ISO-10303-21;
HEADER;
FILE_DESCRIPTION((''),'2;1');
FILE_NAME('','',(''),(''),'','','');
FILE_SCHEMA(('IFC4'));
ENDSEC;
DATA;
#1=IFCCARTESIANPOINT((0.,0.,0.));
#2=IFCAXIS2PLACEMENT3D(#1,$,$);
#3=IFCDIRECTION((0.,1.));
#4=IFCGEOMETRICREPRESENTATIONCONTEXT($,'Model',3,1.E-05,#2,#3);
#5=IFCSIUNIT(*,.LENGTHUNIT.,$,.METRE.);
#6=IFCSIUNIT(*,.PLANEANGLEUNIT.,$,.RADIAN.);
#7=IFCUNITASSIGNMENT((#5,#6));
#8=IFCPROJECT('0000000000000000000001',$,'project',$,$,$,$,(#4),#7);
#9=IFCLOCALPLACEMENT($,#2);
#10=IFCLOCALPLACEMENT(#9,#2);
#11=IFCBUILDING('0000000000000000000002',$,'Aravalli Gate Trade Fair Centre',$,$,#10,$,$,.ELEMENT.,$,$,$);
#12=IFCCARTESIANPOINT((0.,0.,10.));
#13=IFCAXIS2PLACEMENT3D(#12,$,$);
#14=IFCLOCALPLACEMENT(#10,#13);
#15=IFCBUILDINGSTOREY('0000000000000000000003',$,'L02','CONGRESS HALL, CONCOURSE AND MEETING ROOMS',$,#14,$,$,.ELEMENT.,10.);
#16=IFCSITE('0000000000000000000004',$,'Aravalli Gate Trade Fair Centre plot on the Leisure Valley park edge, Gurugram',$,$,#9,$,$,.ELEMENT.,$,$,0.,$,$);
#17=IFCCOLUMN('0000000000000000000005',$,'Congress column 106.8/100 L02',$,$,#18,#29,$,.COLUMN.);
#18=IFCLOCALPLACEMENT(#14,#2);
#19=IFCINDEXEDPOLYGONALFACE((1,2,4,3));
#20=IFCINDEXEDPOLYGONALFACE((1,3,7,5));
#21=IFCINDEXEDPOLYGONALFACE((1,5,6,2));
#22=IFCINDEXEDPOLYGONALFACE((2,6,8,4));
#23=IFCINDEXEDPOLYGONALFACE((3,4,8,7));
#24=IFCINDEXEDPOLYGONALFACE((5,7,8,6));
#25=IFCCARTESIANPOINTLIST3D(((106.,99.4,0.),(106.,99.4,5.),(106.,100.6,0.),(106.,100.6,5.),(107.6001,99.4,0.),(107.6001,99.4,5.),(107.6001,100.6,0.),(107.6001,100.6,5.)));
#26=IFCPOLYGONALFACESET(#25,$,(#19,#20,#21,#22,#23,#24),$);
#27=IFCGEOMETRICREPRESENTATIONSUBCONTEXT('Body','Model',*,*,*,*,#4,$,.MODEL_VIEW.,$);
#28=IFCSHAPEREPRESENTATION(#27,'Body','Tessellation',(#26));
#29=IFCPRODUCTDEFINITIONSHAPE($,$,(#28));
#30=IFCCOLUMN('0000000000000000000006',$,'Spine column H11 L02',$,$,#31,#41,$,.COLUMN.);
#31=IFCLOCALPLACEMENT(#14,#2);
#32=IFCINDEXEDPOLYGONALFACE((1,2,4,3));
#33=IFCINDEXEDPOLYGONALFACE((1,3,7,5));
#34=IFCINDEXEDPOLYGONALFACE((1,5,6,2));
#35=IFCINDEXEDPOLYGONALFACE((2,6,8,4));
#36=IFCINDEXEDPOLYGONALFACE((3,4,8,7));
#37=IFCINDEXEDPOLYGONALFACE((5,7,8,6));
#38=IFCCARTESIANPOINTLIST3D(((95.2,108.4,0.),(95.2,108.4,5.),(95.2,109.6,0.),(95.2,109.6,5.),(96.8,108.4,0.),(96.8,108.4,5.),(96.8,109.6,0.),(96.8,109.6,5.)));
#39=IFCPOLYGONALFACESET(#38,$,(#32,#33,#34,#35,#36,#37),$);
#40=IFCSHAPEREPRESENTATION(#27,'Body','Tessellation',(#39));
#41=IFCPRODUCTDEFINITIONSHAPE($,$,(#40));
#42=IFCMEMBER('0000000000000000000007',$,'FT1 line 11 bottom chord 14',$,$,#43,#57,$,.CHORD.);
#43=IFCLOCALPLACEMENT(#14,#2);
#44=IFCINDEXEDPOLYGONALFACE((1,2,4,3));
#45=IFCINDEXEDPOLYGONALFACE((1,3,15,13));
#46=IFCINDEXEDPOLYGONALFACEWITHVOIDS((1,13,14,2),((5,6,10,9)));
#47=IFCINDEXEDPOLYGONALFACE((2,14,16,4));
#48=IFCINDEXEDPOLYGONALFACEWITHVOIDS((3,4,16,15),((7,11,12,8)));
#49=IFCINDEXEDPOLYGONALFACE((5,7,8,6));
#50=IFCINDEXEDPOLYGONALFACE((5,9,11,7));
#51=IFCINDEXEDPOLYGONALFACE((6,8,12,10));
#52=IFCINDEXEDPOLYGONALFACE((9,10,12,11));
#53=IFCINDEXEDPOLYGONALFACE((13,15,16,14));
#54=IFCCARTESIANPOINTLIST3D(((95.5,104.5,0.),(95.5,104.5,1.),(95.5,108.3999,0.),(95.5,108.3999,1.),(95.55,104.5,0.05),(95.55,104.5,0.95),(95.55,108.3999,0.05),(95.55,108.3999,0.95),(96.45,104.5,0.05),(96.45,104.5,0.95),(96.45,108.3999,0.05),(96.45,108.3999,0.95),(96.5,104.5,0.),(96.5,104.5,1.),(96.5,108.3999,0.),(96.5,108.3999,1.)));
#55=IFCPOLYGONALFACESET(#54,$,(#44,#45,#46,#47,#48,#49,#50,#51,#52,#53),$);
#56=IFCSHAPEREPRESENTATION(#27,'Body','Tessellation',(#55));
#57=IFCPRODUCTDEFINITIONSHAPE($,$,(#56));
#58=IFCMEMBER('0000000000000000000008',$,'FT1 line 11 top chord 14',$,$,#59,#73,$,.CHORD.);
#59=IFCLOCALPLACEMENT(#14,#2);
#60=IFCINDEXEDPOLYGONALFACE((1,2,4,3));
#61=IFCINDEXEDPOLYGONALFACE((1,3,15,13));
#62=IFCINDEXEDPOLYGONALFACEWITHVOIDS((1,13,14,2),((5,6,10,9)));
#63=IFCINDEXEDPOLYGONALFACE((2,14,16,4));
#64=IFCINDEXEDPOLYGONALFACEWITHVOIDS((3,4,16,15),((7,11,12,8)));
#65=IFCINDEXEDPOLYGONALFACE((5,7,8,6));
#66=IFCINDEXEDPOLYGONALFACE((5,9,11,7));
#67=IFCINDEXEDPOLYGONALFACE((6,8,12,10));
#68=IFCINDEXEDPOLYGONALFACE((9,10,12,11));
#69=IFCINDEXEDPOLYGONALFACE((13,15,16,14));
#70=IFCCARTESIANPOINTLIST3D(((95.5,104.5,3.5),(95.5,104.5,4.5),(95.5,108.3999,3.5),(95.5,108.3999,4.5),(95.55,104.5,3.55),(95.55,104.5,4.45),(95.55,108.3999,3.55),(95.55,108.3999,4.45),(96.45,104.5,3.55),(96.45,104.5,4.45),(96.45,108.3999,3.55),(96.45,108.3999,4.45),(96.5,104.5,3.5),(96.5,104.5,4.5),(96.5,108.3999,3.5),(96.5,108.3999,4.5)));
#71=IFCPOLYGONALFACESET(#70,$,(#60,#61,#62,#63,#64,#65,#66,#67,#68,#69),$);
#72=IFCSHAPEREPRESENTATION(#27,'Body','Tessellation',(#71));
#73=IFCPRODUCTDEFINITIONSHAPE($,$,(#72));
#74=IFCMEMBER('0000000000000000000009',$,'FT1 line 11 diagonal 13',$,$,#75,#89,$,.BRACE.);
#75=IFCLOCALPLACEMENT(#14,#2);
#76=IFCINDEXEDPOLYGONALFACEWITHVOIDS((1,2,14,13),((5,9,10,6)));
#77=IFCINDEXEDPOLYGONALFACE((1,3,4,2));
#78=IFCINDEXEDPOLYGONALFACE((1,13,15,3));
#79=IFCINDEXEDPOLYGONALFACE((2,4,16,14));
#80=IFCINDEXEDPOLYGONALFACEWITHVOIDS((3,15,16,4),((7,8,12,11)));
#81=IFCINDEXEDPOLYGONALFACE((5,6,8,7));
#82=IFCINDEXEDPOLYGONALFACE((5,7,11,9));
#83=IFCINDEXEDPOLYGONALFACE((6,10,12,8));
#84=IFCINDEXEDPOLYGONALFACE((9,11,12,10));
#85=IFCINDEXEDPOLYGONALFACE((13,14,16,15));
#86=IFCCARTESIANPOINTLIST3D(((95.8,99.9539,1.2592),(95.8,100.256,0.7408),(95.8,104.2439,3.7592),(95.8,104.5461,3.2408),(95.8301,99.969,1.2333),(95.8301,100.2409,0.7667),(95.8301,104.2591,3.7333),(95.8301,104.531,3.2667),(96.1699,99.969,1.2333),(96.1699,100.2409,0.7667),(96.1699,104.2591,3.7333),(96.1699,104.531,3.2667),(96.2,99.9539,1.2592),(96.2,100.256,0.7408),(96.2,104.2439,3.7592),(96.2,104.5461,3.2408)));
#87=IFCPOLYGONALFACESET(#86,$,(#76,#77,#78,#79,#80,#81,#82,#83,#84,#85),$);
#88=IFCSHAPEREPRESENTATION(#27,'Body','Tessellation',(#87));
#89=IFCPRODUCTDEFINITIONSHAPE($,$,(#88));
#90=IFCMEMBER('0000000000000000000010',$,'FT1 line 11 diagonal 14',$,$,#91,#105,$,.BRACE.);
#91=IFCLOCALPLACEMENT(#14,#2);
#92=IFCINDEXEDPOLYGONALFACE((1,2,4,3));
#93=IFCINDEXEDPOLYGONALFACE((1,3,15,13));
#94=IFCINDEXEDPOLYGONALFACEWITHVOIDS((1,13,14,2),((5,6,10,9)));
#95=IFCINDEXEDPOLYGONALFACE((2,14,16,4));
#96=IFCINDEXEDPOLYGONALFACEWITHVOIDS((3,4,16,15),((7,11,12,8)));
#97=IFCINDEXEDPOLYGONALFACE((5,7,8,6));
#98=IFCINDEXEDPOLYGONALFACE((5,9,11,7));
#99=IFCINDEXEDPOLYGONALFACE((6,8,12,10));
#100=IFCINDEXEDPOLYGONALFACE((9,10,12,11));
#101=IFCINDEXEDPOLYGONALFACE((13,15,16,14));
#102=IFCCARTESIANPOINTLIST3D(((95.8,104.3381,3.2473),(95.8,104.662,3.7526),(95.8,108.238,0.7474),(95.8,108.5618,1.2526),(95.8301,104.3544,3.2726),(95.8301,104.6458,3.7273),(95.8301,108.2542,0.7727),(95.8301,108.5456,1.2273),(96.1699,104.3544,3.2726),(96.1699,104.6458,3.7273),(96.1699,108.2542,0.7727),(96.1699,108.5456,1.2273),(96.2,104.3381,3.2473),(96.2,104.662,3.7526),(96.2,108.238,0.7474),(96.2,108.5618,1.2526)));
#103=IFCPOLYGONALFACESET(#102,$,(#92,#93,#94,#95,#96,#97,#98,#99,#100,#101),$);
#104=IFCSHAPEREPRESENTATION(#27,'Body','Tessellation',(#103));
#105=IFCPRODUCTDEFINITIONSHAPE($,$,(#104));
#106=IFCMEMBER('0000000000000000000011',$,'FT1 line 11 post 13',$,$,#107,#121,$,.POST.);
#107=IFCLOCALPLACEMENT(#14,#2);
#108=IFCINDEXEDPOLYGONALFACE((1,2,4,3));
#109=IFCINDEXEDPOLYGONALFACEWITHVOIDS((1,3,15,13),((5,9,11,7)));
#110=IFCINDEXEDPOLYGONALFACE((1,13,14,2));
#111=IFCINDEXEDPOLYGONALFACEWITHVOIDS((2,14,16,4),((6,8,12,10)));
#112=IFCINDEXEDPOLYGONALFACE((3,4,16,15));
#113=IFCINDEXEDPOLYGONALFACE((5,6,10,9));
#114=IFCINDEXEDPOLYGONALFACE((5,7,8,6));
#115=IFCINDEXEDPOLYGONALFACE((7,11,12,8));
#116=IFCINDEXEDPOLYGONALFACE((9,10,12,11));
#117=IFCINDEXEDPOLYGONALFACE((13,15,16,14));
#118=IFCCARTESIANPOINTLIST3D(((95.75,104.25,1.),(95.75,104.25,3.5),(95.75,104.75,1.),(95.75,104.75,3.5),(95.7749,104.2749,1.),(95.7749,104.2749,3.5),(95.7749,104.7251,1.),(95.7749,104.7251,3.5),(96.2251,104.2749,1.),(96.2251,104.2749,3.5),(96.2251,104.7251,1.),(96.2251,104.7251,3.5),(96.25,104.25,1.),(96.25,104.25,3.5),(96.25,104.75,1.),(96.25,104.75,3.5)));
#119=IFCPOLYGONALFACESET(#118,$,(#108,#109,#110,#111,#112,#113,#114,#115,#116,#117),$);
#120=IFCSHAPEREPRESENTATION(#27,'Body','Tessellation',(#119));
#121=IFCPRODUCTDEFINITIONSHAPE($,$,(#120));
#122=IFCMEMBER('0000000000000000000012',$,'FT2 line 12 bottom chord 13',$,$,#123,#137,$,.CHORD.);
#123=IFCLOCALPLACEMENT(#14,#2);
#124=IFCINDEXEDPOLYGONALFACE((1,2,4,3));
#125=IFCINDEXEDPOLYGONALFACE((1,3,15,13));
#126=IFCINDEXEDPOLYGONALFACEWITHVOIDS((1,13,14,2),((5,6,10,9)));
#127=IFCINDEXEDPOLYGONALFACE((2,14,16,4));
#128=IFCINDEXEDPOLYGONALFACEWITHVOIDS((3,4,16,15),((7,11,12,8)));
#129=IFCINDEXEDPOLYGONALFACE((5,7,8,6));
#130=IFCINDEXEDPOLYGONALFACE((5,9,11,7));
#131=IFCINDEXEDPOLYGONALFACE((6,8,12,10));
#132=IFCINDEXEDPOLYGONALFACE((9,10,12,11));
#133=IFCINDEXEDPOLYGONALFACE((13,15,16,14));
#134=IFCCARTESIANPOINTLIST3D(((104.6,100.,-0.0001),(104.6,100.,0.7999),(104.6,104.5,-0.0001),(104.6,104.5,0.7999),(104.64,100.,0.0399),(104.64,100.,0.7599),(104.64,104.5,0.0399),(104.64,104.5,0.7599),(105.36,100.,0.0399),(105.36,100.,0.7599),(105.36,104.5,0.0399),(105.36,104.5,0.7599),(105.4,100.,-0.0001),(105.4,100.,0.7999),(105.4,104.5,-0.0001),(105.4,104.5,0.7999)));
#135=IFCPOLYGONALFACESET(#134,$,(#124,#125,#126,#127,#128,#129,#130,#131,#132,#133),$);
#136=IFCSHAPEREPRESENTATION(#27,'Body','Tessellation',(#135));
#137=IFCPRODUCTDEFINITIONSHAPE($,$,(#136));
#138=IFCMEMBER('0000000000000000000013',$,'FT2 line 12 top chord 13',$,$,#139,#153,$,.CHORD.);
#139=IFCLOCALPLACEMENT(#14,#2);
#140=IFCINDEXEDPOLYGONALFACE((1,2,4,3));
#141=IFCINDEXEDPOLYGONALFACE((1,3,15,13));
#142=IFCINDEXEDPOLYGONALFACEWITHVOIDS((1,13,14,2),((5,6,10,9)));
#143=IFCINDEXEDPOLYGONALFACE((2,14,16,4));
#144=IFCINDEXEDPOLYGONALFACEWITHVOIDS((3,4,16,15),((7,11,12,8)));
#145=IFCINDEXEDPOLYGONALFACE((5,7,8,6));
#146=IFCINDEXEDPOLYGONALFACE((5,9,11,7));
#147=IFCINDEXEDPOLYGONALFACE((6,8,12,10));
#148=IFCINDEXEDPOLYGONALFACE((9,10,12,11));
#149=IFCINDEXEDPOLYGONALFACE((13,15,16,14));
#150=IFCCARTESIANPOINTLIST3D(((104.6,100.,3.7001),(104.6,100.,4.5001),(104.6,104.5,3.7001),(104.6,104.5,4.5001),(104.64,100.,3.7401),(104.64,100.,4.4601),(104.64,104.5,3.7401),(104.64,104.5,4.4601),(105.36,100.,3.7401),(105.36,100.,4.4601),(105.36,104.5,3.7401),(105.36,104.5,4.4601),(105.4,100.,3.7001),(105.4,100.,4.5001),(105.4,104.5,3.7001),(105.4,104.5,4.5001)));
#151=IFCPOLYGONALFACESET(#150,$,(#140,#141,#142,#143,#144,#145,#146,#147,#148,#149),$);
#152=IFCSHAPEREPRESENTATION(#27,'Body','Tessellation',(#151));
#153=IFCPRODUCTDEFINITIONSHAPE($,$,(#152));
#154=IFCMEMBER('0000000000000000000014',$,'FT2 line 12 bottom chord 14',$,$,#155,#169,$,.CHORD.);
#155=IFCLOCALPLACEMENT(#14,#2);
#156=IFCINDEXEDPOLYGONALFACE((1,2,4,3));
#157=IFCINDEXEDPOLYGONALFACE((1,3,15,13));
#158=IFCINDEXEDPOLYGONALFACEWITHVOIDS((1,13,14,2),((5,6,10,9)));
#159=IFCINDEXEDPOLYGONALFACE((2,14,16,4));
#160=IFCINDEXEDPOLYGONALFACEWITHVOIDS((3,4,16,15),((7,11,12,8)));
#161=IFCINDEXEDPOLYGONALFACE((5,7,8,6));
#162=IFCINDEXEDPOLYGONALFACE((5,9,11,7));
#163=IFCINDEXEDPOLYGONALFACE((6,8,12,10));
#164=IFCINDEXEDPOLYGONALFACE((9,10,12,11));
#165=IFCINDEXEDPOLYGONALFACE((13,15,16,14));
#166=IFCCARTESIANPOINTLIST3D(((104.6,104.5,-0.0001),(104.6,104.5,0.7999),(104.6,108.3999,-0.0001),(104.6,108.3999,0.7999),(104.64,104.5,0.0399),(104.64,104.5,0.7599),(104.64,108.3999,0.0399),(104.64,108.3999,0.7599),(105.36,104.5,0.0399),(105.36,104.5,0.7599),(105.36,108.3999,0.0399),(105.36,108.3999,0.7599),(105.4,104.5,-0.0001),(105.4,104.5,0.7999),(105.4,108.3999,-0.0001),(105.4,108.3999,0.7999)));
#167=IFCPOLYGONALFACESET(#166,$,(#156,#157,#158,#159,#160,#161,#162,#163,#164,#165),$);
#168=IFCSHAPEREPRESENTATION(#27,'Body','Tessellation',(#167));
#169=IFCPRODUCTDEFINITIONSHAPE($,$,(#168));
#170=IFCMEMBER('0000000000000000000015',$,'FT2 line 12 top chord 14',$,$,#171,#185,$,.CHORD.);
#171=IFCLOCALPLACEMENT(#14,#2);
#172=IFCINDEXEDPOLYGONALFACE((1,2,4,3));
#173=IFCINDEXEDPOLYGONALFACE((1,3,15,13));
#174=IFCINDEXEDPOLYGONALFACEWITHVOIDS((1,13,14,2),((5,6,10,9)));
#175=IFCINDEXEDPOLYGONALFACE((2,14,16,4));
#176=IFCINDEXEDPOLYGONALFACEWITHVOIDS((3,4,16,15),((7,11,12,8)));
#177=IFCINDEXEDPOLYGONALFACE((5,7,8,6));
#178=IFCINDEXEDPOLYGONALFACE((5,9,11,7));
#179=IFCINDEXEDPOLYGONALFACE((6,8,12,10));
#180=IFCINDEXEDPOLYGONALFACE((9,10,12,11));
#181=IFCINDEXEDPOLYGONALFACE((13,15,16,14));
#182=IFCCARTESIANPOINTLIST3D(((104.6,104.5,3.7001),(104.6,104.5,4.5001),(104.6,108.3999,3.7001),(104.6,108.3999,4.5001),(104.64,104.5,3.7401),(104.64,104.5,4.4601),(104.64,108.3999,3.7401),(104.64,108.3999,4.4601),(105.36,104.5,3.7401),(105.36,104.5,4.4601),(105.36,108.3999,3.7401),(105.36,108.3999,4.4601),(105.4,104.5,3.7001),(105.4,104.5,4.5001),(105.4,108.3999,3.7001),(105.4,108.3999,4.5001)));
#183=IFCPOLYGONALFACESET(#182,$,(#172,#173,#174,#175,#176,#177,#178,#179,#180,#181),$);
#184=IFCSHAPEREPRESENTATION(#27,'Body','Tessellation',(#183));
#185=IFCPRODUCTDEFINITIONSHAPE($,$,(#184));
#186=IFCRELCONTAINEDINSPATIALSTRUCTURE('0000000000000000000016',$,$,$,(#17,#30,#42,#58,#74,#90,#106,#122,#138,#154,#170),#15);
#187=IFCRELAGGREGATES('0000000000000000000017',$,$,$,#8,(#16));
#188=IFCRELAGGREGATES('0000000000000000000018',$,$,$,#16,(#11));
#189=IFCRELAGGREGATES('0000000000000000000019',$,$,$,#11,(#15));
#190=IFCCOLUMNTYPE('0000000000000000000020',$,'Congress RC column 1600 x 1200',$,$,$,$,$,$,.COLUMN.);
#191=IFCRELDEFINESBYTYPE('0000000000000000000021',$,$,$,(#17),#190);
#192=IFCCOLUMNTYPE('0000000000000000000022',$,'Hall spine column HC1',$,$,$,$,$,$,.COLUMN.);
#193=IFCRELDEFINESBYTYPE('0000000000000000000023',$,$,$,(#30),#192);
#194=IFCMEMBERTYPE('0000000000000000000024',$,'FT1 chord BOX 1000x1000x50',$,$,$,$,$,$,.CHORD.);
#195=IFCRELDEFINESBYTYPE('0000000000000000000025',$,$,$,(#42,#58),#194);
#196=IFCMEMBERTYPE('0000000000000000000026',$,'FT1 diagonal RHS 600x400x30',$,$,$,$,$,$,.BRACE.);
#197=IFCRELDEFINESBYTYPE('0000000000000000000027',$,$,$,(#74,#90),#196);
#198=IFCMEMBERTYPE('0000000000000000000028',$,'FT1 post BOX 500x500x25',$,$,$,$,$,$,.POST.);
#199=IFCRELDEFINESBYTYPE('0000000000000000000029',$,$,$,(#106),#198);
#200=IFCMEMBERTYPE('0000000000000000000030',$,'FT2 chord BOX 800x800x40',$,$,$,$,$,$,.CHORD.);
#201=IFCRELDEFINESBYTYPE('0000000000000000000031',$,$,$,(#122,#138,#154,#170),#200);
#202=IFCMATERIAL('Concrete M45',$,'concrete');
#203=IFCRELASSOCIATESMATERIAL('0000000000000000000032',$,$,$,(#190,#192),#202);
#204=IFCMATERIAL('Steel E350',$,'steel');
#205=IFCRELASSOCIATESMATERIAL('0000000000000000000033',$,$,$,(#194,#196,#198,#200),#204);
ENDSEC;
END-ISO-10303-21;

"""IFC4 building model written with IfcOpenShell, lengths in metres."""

from ifc_helpers import new_model, si_unit, direction, frame, origin, origin_2d, place, context, subcontext, project, spatial, rectangle, hollow_rectangle, extrude, material, material_profile, profile_set, type_object, element, save


model = new_model("IFC4")

# Units and contexts
model_context = context("Model", 3, precision=1e-05, world=origin(), true_north=direction((0.0, 1.0)))
body_context = subcontext(model_context, "Body", "Model", "MODEL_VIEW")
ifc_project = project(units=[si_unit("LENGTHUNIT", "METRE"), si_unit("PLANEANGLEUNIT", "RADIAN")], contexts=[model_context])

# Site, building, storey
site_placement = place(None, origin())
site = spatial("IfcSite", under=ifc_project, at=site_placement, Name="Aravalli Gate Trade Fair Centre plot on the Leisure Valley park edge, Gurugram", CompositionType="ELEMENT", RefElevation=0.0)
building_placement = place(site_placement, origin())
building = spatial("IfcBuilding", under=site, at=building_placement, Name="Aravalli Gate Trade Fair Centre", CompositionType="ELEMENT")
storey_placement = place(building_placement, frame((0.0, 0.0, 10.0)))
storey = spatial("IfcBuildingStorey", under=building, at=storey_placement, Name="L02", Description="CONGRESS HALL, CONCOURSE AND MEETING ROOMS", CompositionType="ELEMENT", Elevation=10.0)

# Columns
ifc_material_1 = material(Name="Concrete M45", Category="concrete")
ifc_material_profile_1 = material_profile(ifc_material_1, rectangle(XDim=1.6001, YDim=1.2, at=origin_2d()), Name="RC 1600x1200")
ifc_profile_set_1 = profile_set([ifc_material_profile_1], Name="Concrete M45")
column_type_1 = type_object("IfcColumnType", Name="Congress RC column 1600 x 1200", PredefinedType="COLUMN", material=ifc_profile_set_1)
column_1_placement = place(storey_placement, frame((106.8, 100.0, 0.0), z_axis=(0.0, 0.0, 1.0), x_axis=(1.0, 0.0, 0.0)))
element("IfcColumn", 1, at=column_1_placement, inside=storey, type_object=column_type_1, Name="Congress column 106.8/100 L02", PredefinedType="COLUMN", context=body_context, shape_type="SweptSolid", body=[
    extrude(rectangle(XDim=1.6001, YDim=1.2, at=origin_2d()), origin(), (0.0, 0.0, 1.0), 5.0),
])
ifc_material_profile_2 = material_profile(ifc_material_1, rectangle(XDim=1.6001, YDim=1.2, at=origin_2d()), Name="RC 1600x1200")
ifc_profile_set_2 = profile_set([ifc_material_profile_2], Name="Concrete M45")
column_type_2 = type_object("IfcColumnType", Name="Hall spine column HC1", PredefinedType="COLUMN", material=ifc_profile_set_2)
column_2_placement = place(storey_placement, frame((96.0, 109.0, 0.0), z_axis=(0.0, 0.0, 1.0), x_axis=(1.0, 0.0, 0.0)))
element("IfcColumn", 2, at=column_2_placement, inside=storey, type_object=column_type_2, Name="Spine column H11 L02", PredefinedType="COLUMN", context=body_context, shape_type="SweptSolid", body=[
    extrude(rectangle(XDim=1.6001, YDim=1.2, at=origin_2d()), origin(), (0.0, 0.0, 1.0), 5.0),
])

# Members
ifc_material_2 = material(Name="Steel E350", Category="steel")
ifc_material_profile_3 = material_profile(ifc_material_2, hollow_rectangle(XDim=1.0, YDim=1.0, WallThickness=0.05, at=origin_2d()), Name="BOX 1000x1000x50")
ifc_profile_set_3 = profile_set([ifc_material_profile_3], Name="Steel E350")
member_type_1 = type_object("IfcMemberType", Name="FT1 chord BOX 1000x1000x50", PredefinedType="CHORD", material=ifc_profile_set_3)
for number, where, z_axis, x_axis, name in (
    (3, (96.0, 104.5, 0.5), (0.0, 1.0, 0.0), (-1.0, 0.0, 0.0), "FT1 line 11 bottom chord 14"),
    (4, (96.0, 104.5, 4.0), (0.0, 1.0, 0.0), (-1.0, 0.0, 0.0), "FT1 line 11 top chord 14"),
):
    element("IfcMember", number, at=place(storey_placement, frame(where, z_axis=z_axis, x_axis=x_axis)), inside=storey, type_object=member_type_1, Name=name, PredefinedType="CHORD", context=body_context, shape_type="SweptSolid", body=[
        extrude(hollow_rectangle(XDim=1.0, YDim=1.0, WallThickness=0.05, at=origin_2d()), origin(), (0.0, 0.0, 1.0), 3.8999),
    ])
ifc_material_profile_4 = material_profile(ifc_material_2, hollow_rectangle(XDim=0.3999, YDim=0.6001, WallThickness=0.03, at=origin_2d()), Name="RHS 600x400x30")
ifc_profile_set_4 = profile_set([ifc_material_profile_4], Name="Steel E350")
member_type_2 = type_object("IfcMemberType", Name="FT1 diagonal RHS 600x400x30", PredefinedType="BRACE", material=ifc_profile_set_4)
member_1_placement = place(storey_placement, frame((96.0, 104.395, 3.5), z_axis=(0.0, -0.864, -0.503492), x_axis=(1.0, 0.0, 0.0)))
element("IfcMember", 5, at=member_1_placement, inside=storey, type_object=member_type_2, Name="FT1 line 11 diagonal 13", PredefinedType="BRACE", context=body_context, shape_type="SweptSolid", body=[
    extrude(hollow_rectangle(XDim=0.3999, YDim=0.6001, WallThickness=0.03, at=origin_2d()), origin(), (0.0, 0.0, 1.0), 4.9653),
])
member_2_placement = place(storey_placement, frame((96.0, 108.3999, 1.0), z_axis=(0.0, -0.841873, 0.539676), x_axis=(1.0, 0.0, 0.0)))
element("IfcMember", 6, at=member_2_placement, inside=storey, type_object=member_type_2, Name="FT1 line 11 diagonal 14", PredefinedType="BRACE", context=body_context, shape_type="SweptSolid", body=[
    extrude(hollow_rectangle(XDim=0.3999, YDim=0.6001, WallThickness=0.03, at=origin_2d()), origin(), (0.0, 0.0, 1.0), 4.6323),
])
ifc_material_profile_5 = material_profile(ifc_material_2, hollow_rectangle(XDim=0.5, YDim=0.5, WallThickness=0.0249, at=origin_2d()), Name="BOX 500x500x25")
ifc_profile_set_5 = profile_set([ifc_material_profile_5], Name="Steel E350")
member_type_3 = type_object("IfcMemberType", Name="FT1 post BOX 500x500x25", PredefinedType="POST", material=ifc_profile_set_5)
member_3_placement = place(storey_placement, frame((96.0, 104.5, 1.0), z_axis=(0.0, 0.0, 1.0), x_axis=(1.0, 0.0, 0.0)))
element("IfcMember", 7, at=member_3_placement, inside=storey, type_object=member_type_3, Name="FT1 line 11 post 13", PredefinedType="POST", context=body_context, shape_type="SweptSolid", body=[
    extrude(hollow_rectangle(XDim=0.5, YDim=0.5, WallThickness=0.0249, at=origin_2d()), origin(), (0.0, 0.0, 1.0), 2.5),
])
ifc_material_profile_6 = material_profile(ifc_material_2, hollow_rectangle(XDim=0.8, YDim=0.8, WallThickness=0.04, at=origin_2d()), Name="BOX 800x800x40")
ifc_profile_set_6 = profile_set([ifc_material_profile_6], Name="Steel E350")
member_type_4 = type_object("IfcMemberType", Name="FT2 chord BOX 800x800x40", PredefinedType="CHORD", material=ifc_profile_set_6)
for number, where, z_axis, x_axis, name in (
    (8, (105.0, 100.0, 0.3999), (0.0, 1.0, 0.0), (-1.0, 0.0, 0.0), "FT2 line 12 bottom chord 13"),
    (9, (105.0, 100.0, 4.1001), (0.0, 1.0, 0.0), (-1.0, 0.0, 0.0), "FT2 line 12 top chord 13"),
):
    element("IfcMember", number, at=place(storey_placement, frame(where, z_axis=z_axis, x_axis=x_axis)), inside=storey, type_object=member_type_4, Name=name, PredefinedType="CHORD", context=body_context, shape_type="SweptSolid", body=[
        extrude(hollow_rectangle(XDim=0.8, YDim=0.8, WallThickness=0.04, at=origin_2d()), origin(), (0.0, 0.0, 1.0), 4.5),
    ])
for number, where, z_axis, x_axis, name in (
    (10, (105.0, 104.5, 0.3999), (0.0, 1.0, 0.0), (-1.0, 0.0, 0.0), "FT2 line 12 bottom chord 14"),
    (11, (105.0, 104.5, 4.1001), (0.0, 1.0, 0.0), (-1.0, 0.0, 0.0), "FT2 line 12 top chord 14"),
):
    element("IfcMember", number, at=place(storey_placement, frame(where, z_axis=z_axis, x_axis=x_axis)), inside=storey, type_object=member_type_4, Name=name, PredefinedType="CHORD", context=body_context, shape_type="SweptSolid", body=[
        extrude(hollow_rectangle(XDim=0.8, YDim=0.8, WallThickness=0.04, at=origin_2d()), origin(), (0.0, 0.0, 1.0), 3.8999),
    ])

save(model, "model.ifc")
